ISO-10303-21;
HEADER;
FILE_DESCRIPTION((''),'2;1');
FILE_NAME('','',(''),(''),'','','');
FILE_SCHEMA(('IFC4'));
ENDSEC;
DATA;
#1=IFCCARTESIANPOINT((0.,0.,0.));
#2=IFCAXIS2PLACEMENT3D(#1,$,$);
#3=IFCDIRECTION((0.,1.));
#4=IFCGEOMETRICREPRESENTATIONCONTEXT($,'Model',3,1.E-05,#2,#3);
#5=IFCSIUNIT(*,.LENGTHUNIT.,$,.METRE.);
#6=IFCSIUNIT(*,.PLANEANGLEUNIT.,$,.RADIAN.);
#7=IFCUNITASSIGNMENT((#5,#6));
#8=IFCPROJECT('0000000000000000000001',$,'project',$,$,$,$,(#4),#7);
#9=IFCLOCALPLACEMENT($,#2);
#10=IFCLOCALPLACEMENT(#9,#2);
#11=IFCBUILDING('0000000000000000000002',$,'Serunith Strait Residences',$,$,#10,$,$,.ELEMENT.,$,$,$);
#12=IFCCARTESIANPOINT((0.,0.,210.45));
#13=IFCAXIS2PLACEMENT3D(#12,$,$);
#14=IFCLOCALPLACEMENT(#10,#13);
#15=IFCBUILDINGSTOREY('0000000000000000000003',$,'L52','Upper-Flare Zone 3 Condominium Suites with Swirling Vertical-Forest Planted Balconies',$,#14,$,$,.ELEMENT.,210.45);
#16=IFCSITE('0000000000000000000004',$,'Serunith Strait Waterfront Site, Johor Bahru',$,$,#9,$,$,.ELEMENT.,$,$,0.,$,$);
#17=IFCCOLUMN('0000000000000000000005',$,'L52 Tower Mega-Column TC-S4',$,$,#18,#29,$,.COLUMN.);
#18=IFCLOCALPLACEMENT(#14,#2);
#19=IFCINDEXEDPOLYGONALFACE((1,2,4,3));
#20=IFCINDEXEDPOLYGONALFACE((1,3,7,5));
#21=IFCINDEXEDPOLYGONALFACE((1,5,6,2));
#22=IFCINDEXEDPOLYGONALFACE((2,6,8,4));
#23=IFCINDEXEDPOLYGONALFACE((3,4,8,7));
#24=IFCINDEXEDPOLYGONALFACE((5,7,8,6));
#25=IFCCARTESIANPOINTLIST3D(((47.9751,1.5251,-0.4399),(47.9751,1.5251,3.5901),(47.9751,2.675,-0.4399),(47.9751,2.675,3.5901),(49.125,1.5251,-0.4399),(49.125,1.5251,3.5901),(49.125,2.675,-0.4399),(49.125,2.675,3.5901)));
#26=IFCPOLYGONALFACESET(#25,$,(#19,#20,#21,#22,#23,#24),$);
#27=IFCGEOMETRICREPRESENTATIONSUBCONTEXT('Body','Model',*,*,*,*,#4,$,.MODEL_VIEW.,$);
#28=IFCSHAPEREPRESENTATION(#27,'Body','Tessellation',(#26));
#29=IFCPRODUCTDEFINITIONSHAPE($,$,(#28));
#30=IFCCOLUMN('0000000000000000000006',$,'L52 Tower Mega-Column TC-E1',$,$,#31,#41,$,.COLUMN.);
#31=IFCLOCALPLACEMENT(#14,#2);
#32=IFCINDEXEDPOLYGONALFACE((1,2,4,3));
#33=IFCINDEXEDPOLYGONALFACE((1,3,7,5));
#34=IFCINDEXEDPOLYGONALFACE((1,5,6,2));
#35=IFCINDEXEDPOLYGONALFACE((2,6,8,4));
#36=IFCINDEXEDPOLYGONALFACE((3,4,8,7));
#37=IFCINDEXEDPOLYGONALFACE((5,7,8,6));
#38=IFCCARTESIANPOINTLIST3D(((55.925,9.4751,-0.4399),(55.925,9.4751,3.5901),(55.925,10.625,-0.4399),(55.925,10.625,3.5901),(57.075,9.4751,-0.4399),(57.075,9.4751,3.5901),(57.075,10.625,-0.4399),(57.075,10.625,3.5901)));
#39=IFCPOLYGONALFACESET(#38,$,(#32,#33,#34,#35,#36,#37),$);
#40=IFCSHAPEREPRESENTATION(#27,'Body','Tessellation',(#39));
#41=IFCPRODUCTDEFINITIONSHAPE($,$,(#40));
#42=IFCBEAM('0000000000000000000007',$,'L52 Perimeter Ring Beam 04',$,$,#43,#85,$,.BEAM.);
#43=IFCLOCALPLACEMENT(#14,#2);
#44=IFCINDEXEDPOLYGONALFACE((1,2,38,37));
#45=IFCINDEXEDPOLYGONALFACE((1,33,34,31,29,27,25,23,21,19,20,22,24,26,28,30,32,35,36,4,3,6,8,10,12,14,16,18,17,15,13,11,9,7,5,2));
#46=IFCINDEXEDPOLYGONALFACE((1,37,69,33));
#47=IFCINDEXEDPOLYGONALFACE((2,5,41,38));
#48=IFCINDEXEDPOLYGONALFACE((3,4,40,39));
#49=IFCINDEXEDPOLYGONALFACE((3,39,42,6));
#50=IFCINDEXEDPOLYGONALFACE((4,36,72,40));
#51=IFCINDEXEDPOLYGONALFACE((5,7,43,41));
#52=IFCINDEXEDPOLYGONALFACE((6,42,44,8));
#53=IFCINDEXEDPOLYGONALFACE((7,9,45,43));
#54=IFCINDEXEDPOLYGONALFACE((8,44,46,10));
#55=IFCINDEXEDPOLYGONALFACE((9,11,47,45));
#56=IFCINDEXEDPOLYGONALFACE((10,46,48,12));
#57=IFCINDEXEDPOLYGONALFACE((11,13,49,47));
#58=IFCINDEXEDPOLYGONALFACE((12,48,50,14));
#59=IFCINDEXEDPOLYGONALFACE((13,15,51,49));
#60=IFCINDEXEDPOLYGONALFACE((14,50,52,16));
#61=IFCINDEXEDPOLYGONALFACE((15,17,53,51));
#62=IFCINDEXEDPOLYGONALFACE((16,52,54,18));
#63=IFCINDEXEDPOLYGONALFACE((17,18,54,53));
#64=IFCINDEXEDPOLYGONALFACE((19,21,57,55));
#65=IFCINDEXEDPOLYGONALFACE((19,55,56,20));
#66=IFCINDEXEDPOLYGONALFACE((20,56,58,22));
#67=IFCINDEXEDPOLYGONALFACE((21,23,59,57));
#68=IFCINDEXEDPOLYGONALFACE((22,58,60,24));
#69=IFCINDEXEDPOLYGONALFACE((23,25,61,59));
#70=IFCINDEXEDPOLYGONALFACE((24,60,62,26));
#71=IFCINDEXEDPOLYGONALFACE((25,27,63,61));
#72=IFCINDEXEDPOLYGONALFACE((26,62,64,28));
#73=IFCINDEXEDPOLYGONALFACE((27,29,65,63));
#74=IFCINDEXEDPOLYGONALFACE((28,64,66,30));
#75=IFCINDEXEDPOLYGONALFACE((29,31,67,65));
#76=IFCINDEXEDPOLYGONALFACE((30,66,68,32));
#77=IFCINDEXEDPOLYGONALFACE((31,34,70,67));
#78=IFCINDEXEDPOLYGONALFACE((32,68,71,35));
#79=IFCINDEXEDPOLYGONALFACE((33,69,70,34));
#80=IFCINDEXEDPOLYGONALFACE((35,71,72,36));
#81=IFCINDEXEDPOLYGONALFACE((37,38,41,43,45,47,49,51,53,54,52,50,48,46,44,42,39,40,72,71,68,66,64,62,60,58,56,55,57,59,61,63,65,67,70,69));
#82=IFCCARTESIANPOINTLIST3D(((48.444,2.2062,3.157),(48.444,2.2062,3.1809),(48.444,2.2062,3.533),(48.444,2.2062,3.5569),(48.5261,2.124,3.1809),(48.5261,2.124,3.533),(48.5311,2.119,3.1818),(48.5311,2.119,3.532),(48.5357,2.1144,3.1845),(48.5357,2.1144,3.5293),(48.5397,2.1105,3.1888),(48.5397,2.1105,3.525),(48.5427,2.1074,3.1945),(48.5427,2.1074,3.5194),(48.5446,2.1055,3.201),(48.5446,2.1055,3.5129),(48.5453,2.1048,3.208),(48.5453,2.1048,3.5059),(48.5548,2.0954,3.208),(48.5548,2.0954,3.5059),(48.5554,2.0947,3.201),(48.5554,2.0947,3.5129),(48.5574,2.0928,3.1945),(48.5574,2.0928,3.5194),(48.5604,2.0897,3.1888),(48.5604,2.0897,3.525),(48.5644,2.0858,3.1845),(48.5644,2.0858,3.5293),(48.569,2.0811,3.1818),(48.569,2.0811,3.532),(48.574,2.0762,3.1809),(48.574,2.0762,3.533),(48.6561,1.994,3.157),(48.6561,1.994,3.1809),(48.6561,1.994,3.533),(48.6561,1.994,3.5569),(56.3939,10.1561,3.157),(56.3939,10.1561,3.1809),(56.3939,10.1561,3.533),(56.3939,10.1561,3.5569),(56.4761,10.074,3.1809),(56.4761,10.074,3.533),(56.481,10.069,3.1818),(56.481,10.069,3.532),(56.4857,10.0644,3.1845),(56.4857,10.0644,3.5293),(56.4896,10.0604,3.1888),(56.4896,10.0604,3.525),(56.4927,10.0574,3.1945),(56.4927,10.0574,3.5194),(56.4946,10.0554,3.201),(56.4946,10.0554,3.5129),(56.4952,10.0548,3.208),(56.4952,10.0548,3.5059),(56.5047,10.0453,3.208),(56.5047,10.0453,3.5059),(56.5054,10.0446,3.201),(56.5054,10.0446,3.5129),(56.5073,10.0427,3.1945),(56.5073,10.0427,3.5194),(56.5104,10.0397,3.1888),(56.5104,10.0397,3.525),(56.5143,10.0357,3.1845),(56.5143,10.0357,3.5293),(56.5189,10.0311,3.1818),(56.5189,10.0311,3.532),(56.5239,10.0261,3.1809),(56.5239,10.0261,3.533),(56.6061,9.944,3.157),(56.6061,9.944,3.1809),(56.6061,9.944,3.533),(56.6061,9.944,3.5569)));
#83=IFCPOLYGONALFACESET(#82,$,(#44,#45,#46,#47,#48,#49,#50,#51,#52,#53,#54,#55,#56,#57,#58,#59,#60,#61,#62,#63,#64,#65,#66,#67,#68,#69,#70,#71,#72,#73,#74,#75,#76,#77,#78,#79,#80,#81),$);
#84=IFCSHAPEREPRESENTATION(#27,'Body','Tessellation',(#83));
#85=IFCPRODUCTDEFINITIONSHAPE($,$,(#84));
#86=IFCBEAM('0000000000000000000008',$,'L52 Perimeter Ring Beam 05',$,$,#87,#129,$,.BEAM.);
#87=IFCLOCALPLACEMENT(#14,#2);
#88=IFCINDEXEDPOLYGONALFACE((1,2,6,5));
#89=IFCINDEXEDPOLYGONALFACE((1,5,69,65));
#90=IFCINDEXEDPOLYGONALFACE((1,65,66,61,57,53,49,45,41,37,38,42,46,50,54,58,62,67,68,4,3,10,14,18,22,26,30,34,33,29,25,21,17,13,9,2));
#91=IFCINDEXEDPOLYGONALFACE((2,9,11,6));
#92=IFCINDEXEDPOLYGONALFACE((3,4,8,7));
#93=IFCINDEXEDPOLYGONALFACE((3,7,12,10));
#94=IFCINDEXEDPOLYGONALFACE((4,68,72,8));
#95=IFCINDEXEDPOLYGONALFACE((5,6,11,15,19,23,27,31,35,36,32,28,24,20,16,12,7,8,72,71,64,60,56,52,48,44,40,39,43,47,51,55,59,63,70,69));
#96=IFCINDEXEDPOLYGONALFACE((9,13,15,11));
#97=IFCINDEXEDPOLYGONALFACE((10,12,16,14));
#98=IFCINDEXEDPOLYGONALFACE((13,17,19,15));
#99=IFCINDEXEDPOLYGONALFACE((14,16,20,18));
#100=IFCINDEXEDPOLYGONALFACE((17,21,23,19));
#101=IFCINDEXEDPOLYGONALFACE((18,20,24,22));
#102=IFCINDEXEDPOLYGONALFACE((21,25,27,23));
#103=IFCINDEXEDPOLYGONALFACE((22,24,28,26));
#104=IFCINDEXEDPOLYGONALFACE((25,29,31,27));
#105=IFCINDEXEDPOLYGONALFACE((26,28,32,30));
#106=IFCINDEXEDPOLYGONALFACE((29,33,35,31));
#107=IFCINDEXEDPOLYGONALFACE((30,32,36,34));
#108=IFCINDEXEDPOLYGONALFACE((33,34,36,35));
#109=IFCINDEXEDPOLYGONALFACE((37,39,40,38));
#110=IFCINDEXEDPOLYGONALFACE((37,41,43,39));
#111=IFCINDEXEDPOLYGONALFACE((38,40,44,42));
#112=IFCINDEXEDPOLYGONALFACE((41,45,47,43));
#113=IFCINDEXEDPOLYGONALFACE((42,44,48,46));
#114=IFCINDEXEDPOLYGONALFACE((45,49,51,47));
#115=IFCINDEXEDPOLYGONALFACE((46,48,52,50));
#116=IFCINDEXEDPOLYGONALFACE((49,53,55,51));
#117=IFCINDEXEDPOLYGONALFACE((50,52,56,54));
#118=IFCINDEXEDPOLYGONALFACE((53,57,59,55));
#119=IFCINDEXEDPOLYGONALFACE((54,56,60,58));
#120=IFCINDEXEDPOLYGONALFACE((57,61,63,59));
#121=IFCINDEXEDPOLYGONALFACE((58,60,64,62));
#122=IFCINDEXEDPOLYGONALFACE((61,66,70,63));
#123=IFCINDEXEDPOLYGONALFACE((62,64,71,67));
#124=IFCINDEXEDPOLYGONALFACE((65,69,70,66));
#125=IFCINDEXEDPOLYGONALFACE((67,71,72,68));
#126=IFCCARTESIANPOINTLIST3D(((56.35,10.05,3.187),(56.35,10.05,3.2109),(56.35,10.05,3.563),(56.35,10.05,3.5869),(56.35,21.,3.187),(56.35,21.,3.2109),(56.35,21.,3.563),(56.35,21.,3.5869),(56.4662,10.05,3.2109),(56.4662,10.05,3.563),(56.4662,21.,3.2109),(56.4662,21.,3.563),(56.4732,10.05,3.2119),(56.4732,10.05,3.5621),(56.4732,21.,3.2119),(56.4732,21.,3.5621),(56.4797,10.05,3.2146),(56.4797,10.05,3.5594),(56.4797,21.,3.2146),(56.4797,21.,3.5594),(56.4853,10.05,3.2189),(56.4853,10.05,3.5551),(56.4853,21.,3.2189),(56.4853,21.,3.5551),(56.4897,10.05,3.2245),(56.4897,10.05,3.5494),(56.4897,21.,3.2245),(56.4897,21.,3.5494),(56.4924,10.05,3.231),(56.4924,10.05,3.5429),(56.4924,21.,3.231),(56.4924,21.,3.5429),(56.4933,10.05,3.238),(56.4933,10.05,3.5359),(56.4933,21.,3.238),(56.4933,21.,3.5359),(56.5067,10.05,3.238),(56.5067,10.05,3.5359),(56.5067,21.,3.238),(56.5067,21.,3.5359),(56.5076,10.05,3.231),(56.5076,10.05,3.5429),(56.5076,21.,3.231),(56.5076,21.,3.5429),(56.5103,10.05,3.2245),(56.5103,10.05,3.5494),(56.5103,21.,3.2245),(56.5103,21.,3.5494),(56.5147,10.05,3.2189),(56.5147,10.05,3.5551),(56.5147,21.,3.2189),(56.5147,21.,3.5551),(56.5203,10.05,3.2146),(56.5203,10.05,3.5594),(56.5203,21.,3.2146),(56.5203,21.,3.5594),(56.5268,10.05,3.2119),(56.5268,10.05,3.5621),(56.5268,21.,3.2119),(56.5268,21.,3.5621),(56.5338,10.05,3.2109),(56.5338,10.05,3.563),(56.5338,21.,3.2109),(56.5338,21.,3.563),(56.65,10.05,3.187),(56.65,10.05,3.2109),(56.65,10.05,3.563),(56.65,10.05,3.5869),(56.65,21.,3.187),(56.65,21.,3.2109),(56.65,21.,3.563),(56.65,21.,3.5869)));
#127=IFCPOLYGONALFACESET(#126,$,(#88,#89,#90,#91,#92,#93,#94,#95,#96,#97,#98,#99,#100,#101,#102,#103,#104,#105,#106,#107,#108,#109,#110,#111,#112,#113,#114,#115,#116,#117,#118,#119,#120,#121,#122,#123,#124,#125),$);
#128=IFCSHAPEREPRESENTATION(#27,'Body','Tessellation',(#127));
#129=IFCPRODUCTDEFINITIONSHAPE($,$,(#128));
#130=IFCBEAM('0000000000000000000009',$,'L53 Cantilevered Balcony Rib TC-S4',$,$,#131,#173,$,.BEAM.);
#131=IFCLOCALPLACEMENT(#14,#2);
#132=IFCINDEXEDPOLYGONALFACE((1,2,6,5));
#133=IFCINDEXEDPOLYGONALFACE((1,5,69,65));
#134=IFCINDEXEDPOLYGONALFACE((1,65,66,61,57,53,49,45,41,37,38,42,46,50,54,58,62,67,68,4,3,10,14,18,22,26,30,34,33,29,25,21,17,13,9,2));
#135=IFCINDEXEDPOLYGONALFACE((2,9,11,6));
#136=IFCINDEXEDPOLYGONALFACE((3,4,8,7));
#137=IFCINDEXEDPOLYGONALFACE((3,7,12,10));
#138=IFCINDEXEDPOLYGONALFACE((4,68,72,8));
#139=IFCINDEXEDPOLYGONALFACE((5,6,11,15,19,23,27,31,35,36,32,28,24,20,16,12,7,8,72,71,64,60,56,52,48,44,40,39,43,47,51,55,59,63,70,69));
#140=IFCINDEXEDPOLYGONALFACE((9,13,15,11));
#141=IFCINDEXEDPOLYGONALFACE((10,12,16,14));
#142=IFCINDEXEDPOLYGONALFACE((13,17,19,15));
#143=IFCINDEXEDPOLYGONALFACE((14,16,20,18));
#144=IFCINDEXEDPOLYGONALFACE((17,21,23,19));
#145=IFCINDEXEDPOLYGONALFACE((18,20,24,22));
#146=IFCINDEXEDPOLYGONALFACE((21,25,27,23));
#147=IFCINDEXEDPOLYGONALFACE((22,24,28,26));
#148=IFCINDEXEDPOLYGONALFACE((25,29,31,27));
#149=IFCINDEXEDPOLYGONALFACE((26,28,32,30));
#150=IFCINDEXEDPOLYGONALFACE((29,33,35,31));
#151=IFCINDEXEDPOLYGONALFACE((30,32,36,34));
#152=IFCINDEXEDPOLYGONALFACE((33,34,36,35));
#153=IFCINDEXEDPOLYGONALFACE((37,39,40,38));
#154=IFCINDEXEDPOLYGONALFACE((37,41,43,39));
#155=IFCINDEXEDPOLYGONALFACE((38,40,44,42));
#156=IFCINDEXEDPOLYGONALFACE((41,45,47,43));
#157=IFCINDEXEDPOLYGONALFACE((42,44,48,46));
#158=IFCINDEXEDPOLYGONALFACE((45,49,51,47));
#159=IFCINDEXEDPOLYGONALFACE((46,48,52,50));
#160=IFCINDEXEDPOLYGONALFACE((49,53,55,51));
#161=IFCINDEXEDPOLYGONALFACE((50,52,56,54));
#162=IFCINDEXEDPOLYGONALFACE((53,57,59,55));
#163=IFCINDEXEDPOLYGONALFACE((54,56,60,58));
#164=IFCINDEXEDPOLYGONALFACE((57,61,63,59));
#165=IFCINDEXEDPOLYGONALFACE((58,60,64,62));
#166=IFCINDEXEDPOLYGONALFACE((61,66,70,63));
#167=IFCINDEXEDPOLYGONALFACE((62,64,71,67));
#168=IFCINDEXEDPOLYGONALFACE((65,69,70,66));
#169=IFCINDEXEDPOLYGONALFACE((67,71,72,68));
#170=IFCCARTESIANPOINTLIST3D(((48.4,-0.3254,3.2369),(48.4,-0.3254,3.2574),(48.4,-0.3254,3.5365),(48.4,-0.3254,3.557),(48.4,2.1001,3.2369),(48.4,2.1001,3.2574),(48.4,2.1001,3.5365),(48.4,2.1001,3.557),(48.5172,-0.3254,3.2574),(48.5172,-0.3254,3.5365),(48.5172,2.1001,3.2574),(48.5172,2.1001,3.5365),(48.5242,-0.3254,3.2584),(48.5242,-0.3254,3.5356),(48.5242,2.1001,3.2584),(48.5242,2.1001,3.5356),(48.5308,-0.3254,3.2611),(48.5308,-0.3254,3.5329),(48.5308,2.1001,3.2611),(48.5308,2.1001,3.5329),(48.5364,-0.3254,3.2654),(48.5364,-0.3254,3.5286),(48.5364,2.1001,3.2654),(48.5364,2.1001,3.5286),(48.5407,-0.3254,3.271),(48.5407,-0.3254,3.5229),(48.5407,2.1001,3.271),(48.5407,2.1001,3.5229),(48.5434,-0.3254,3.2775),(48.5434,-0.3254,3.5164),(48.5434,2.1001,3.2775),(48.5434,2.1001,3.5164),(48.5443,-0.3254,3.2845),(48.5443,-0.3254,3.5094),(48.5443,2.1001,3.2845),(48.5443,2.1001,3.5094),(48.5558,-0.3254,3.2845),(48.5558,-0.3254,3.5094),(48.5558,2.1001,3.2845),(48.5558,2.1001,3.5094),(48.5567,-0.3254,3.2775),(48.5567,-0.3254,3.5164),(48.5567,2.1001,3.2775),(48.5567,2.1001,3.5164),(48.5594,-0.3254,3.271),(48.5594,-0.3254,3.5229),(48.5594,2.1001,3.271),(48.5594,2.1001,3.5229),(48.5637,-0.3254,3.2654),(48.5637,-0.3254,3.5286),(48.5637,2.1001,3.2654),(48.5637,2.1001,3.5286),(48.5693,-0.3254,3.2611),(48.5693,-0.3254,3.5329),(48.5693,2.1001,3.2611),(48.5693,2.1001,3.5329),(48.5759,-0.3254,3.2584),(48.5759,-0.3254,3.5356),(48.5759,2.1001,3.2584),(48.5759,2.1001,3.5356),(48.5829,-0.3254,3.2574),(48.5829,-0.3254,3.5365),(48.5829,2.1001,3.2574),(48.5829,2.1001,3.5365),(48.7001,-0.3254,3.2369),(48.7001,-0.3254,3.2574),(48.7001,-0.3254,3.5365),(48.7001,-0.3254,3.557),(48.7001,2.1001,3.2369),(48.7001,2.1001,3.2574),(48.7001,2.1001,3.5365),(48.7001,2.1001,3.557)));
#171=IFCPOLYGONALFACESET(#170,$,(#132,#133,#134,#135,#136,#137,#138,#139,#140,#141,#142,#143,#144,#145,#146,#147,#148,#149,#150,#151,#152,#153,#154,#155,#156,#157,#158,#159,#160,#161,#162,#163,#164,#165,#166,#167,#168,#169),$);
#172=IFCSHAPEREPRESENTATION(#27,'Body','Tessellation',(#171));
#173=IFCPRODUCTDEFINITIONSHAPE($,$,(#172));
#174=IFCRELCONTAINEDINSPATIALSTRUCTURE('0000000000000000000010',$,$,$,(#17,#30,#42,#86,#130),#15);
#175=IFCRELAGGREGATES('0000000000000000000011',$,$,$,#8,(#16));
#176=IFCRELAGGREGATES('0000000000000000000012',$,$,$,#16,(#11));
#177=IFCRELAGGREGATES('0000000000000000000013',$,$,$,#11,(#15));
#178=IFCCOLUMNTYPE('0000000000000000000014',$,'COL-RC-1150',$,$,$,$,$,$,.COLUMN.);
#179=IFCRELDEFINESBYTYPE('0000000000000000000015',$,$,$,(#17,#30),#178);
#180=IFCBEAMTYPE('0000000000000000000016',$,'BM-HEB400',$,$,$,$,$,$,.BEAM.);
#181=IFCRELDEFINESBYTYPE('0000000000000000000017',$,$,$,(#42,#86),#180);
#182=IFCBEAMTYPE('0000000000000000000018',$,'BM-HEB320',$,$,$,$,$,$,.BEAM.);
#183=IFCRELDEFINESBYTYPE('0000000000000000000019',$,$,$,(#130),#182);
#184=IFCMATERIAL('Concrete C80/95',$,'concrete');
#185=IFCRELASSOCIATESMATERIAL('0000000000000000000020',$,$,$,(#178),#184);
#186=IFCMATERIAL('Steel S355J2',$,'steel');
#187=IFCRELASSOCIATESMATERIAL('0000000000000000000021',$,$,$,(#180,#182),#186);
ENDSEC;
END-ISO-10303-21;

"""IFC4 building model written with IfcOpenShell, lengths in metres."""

from ifc_helpers import new_model, si_unit, direction, frame, origin, origin_2d, place, context, subcontext, project, spatial, rectangle, i_section, extrude, source, transform, mapped, material, material_profile, profile_set, type_object, element, save


model = new_model("IFC4")

# Units and contexts
model_context = context("Model", 3, precision=1e-05, world=origin(), true_north=direction((0.0, 1.0)))
body_context = subcontext(model_context, "Body", "Model", "MODEL_VIEW")
ifc_project = project(units=[si_unit("LENGTHUNIT", "METRE"), si_unit("PLANEANGLEUNIT", "RADIAN")], contexts=[model_context])

# Site, building, storey
site_placement = place(None, origin())
site = spatial("IfcSite", under=ifc_project, at=site_placement, Name="Serunith Strait Waterfront Site, Johor Bahru", CompositionType="ELEMENT", RefElevation=0.0)
building_placement = place(site_placement, origin())
building = spatial("IfcBuilding", under=site, at=building_placement, Name="Serunith Strait Residences", CompositionType="ELEMENT")
storey_placement = place(building_placement, frame((0.0, 0.0, 210.45)))
storey = spatial("IfcBuildingStorey", under=building, at=storey_placement, Name="L52", Description="Upper-Flare Zone 3 Condominium Suites with Swirling Vertical-Forest Planted Balconies", CompositionType="ELEMENT", Elevation=210.45)

# Columns
ifc_material_1 = material(Name="Concrete C80/95", Category="concrete")
ifc_material_profile_1 = material_profile(ifc_material_1, rectangle(XDim=1.1499, YDim=1.1499, at=origin_2d()), Name="RC 1150x1150")
ifc_profile_set_1 = profile_set([ifc_material_profile_1], Name="Concrete C80/95")
column_type = type_object("IfcColumnType", Name="COL-RC-1150", PredefinedType="COLUMN", material=ifc_profile_set_1)
shared_shape_1 = source(origin(), body_context, "Body", "SweptSolid", [
    extrude(rectangle(XDim=1.1499, YDim=1.1499, at=origin_2d()), origin(), (0.0, 0.0, 1.0), 4.03),
])
for number, where, z_axis, x_axis, name in (
    (1, (48.55, 2.1001, -0.4399), (0.0, 0.0, 1.0), (1.0, 0.0, 0.0), "L52 Tower Mega-Column TC-S4"),
    (2, (56.5, 10.05, -0.4399), (0.0, 0.0, 1.0), (1.0, 0.0, 0.0), "L52 Tower Mega-Column TC-E1"),
):
    element("IfcColumn", number, at=place(storey_placement, frame(where, z_axis=z_axis, x_axis=x_axis)), inside=storey, type_object=column_type, Name=name, PredefinedType="COLUMN", context=body_context, shape_type="MappedRepresentation", body=[
        mapped(shared_shape_1, transform((0.0, 0.0, 0.0), scale=1.0)),
    ])

# Beams
ifc_material_2 = material(Name="Steel S355J2", Category="steel")
ifc_material_profile_2 = material_profile(ifc_material_2, i_section(OverallWidth=0.3, OverallDepth=0.3999, WebThickness=0.0134, FlangeThickness=0.0239, FilletRadius=0.0271, at=origin_2d()), Name="HEB 400")
ifc_profile_set_2 = profile_set([ifc_material_profile_2], Name="Steel S355J2")
beam_type_1 = type_object("IfcBeamType", Name="BM-HEB400", PredefinedType="BEAM", material=ifc_profile_set_2)
shared_shape_2 = source(origin(), body_context, "Body", "SweptSolid", [
    extrude(i_section(OverallWidth=0.3, OverallDepth=0.3999, WebThickness=0.0134, FlangeThickness=0.0239, FilletRadius=0.0271, at=origin_2d()), origin(), (0.0, 0.0, 1.0), 11.2429),
])
beam_1_placement = place(storey_placement, frame((48.55, 2.1001, 3.3569), z_axis=(0.707107, 0.707107, 0.0), x_axis=(-0.707107, 0.707107, 0.0)))
element("IfcBeam", 3, at=beam_1_placement, inside=storey, type_object=beam_type_1, Name="L52 Perimeter Ring Beam 04", PredefinedType="BEAM", context=body_context, shape_type="MappedRepresentation", body=[
    mapped(shared_shape_2, transform((0.0, 0.0, 0.0), scale=1.0)),
])
shared_shape_3 = source(origin(), body_context, "Body", "SweptSolid", [
    extrude(i_section(OverallWidth=0.3, OverallDepth=0.3999, WebThickness=0.0134, FlangeThickness=0.0239, FilletRadius=0.0271, at=origin_2d()), origin(), (0.0, 0.0, 1.0), 10.95),
])
beam_2_placement = place(storey_placement, frame((56.5, 10.05, 3.387), z_axis=(0.0, 1.0, 0.0), x_axis=(-1.0, 0.0, 0.0)))
element("IfcBeam", 4, at=beam_2_placement, inside=storey, type_object=beam_type_1, Name="L52 Perimeter Ring Beam 05", PredefinedType="BEAM", context=body_context, shape_type="MappedRepresentation", body=[
    mapped(shared_shape_3, transform((0.0, 0.0, 0.0), scale=1.0)),
])
ifc_material_profile_3 = material_profile(ifc_material_2, i_section(OverallWidth=0.3, OverallDepth=0.3201, WebThickness=0.0115, FlangeThickness=0.0205, FilletRadius=0.0271, at=origin_2d()), Name="HEB 320")
ifc_profile_set_3 = profile_set([ifc_material_profile_3], Name="Steel S355J2")
beam_type_2 = type_object("IfcBeamType", Name="BM-HEB320", PredefinedType="BEAM", material=ifc_profile_set_3)
shared_shape_4 = source(origin(), body_context, "Body", "SweptSolid", [
    extrude(i_section(OverallWidth=0.3, OverallDepth=0.3201, WebThickness=0.0115, FlangeThickness=0.0205, FilletRadius=0.0271, at=origin_2d()), origin(), (0.0, 0.0, 1.0), 2.4255),
])
beam_3_placement = place(storey_placement, frame((48.55, 2.1001, 3.397), z_axis=(0.0, -1.0, 0.0), x_axis=(1.0, 0.0, 0.0)))
element("IfcBeam", 5, at=beam_3_placement, inside=storey, type_object=beam_type_2, Name="L53 Cantilevered Balcony Rib TC-S4", PredefinedType="BEAM", context=body_context, shape_type="MappedRepresentation", body=[
    mapped(shared_shape_4, transform((0.0, 0.0, 0.0), scale=1.0)),
])

save(model, "model.ifc")
